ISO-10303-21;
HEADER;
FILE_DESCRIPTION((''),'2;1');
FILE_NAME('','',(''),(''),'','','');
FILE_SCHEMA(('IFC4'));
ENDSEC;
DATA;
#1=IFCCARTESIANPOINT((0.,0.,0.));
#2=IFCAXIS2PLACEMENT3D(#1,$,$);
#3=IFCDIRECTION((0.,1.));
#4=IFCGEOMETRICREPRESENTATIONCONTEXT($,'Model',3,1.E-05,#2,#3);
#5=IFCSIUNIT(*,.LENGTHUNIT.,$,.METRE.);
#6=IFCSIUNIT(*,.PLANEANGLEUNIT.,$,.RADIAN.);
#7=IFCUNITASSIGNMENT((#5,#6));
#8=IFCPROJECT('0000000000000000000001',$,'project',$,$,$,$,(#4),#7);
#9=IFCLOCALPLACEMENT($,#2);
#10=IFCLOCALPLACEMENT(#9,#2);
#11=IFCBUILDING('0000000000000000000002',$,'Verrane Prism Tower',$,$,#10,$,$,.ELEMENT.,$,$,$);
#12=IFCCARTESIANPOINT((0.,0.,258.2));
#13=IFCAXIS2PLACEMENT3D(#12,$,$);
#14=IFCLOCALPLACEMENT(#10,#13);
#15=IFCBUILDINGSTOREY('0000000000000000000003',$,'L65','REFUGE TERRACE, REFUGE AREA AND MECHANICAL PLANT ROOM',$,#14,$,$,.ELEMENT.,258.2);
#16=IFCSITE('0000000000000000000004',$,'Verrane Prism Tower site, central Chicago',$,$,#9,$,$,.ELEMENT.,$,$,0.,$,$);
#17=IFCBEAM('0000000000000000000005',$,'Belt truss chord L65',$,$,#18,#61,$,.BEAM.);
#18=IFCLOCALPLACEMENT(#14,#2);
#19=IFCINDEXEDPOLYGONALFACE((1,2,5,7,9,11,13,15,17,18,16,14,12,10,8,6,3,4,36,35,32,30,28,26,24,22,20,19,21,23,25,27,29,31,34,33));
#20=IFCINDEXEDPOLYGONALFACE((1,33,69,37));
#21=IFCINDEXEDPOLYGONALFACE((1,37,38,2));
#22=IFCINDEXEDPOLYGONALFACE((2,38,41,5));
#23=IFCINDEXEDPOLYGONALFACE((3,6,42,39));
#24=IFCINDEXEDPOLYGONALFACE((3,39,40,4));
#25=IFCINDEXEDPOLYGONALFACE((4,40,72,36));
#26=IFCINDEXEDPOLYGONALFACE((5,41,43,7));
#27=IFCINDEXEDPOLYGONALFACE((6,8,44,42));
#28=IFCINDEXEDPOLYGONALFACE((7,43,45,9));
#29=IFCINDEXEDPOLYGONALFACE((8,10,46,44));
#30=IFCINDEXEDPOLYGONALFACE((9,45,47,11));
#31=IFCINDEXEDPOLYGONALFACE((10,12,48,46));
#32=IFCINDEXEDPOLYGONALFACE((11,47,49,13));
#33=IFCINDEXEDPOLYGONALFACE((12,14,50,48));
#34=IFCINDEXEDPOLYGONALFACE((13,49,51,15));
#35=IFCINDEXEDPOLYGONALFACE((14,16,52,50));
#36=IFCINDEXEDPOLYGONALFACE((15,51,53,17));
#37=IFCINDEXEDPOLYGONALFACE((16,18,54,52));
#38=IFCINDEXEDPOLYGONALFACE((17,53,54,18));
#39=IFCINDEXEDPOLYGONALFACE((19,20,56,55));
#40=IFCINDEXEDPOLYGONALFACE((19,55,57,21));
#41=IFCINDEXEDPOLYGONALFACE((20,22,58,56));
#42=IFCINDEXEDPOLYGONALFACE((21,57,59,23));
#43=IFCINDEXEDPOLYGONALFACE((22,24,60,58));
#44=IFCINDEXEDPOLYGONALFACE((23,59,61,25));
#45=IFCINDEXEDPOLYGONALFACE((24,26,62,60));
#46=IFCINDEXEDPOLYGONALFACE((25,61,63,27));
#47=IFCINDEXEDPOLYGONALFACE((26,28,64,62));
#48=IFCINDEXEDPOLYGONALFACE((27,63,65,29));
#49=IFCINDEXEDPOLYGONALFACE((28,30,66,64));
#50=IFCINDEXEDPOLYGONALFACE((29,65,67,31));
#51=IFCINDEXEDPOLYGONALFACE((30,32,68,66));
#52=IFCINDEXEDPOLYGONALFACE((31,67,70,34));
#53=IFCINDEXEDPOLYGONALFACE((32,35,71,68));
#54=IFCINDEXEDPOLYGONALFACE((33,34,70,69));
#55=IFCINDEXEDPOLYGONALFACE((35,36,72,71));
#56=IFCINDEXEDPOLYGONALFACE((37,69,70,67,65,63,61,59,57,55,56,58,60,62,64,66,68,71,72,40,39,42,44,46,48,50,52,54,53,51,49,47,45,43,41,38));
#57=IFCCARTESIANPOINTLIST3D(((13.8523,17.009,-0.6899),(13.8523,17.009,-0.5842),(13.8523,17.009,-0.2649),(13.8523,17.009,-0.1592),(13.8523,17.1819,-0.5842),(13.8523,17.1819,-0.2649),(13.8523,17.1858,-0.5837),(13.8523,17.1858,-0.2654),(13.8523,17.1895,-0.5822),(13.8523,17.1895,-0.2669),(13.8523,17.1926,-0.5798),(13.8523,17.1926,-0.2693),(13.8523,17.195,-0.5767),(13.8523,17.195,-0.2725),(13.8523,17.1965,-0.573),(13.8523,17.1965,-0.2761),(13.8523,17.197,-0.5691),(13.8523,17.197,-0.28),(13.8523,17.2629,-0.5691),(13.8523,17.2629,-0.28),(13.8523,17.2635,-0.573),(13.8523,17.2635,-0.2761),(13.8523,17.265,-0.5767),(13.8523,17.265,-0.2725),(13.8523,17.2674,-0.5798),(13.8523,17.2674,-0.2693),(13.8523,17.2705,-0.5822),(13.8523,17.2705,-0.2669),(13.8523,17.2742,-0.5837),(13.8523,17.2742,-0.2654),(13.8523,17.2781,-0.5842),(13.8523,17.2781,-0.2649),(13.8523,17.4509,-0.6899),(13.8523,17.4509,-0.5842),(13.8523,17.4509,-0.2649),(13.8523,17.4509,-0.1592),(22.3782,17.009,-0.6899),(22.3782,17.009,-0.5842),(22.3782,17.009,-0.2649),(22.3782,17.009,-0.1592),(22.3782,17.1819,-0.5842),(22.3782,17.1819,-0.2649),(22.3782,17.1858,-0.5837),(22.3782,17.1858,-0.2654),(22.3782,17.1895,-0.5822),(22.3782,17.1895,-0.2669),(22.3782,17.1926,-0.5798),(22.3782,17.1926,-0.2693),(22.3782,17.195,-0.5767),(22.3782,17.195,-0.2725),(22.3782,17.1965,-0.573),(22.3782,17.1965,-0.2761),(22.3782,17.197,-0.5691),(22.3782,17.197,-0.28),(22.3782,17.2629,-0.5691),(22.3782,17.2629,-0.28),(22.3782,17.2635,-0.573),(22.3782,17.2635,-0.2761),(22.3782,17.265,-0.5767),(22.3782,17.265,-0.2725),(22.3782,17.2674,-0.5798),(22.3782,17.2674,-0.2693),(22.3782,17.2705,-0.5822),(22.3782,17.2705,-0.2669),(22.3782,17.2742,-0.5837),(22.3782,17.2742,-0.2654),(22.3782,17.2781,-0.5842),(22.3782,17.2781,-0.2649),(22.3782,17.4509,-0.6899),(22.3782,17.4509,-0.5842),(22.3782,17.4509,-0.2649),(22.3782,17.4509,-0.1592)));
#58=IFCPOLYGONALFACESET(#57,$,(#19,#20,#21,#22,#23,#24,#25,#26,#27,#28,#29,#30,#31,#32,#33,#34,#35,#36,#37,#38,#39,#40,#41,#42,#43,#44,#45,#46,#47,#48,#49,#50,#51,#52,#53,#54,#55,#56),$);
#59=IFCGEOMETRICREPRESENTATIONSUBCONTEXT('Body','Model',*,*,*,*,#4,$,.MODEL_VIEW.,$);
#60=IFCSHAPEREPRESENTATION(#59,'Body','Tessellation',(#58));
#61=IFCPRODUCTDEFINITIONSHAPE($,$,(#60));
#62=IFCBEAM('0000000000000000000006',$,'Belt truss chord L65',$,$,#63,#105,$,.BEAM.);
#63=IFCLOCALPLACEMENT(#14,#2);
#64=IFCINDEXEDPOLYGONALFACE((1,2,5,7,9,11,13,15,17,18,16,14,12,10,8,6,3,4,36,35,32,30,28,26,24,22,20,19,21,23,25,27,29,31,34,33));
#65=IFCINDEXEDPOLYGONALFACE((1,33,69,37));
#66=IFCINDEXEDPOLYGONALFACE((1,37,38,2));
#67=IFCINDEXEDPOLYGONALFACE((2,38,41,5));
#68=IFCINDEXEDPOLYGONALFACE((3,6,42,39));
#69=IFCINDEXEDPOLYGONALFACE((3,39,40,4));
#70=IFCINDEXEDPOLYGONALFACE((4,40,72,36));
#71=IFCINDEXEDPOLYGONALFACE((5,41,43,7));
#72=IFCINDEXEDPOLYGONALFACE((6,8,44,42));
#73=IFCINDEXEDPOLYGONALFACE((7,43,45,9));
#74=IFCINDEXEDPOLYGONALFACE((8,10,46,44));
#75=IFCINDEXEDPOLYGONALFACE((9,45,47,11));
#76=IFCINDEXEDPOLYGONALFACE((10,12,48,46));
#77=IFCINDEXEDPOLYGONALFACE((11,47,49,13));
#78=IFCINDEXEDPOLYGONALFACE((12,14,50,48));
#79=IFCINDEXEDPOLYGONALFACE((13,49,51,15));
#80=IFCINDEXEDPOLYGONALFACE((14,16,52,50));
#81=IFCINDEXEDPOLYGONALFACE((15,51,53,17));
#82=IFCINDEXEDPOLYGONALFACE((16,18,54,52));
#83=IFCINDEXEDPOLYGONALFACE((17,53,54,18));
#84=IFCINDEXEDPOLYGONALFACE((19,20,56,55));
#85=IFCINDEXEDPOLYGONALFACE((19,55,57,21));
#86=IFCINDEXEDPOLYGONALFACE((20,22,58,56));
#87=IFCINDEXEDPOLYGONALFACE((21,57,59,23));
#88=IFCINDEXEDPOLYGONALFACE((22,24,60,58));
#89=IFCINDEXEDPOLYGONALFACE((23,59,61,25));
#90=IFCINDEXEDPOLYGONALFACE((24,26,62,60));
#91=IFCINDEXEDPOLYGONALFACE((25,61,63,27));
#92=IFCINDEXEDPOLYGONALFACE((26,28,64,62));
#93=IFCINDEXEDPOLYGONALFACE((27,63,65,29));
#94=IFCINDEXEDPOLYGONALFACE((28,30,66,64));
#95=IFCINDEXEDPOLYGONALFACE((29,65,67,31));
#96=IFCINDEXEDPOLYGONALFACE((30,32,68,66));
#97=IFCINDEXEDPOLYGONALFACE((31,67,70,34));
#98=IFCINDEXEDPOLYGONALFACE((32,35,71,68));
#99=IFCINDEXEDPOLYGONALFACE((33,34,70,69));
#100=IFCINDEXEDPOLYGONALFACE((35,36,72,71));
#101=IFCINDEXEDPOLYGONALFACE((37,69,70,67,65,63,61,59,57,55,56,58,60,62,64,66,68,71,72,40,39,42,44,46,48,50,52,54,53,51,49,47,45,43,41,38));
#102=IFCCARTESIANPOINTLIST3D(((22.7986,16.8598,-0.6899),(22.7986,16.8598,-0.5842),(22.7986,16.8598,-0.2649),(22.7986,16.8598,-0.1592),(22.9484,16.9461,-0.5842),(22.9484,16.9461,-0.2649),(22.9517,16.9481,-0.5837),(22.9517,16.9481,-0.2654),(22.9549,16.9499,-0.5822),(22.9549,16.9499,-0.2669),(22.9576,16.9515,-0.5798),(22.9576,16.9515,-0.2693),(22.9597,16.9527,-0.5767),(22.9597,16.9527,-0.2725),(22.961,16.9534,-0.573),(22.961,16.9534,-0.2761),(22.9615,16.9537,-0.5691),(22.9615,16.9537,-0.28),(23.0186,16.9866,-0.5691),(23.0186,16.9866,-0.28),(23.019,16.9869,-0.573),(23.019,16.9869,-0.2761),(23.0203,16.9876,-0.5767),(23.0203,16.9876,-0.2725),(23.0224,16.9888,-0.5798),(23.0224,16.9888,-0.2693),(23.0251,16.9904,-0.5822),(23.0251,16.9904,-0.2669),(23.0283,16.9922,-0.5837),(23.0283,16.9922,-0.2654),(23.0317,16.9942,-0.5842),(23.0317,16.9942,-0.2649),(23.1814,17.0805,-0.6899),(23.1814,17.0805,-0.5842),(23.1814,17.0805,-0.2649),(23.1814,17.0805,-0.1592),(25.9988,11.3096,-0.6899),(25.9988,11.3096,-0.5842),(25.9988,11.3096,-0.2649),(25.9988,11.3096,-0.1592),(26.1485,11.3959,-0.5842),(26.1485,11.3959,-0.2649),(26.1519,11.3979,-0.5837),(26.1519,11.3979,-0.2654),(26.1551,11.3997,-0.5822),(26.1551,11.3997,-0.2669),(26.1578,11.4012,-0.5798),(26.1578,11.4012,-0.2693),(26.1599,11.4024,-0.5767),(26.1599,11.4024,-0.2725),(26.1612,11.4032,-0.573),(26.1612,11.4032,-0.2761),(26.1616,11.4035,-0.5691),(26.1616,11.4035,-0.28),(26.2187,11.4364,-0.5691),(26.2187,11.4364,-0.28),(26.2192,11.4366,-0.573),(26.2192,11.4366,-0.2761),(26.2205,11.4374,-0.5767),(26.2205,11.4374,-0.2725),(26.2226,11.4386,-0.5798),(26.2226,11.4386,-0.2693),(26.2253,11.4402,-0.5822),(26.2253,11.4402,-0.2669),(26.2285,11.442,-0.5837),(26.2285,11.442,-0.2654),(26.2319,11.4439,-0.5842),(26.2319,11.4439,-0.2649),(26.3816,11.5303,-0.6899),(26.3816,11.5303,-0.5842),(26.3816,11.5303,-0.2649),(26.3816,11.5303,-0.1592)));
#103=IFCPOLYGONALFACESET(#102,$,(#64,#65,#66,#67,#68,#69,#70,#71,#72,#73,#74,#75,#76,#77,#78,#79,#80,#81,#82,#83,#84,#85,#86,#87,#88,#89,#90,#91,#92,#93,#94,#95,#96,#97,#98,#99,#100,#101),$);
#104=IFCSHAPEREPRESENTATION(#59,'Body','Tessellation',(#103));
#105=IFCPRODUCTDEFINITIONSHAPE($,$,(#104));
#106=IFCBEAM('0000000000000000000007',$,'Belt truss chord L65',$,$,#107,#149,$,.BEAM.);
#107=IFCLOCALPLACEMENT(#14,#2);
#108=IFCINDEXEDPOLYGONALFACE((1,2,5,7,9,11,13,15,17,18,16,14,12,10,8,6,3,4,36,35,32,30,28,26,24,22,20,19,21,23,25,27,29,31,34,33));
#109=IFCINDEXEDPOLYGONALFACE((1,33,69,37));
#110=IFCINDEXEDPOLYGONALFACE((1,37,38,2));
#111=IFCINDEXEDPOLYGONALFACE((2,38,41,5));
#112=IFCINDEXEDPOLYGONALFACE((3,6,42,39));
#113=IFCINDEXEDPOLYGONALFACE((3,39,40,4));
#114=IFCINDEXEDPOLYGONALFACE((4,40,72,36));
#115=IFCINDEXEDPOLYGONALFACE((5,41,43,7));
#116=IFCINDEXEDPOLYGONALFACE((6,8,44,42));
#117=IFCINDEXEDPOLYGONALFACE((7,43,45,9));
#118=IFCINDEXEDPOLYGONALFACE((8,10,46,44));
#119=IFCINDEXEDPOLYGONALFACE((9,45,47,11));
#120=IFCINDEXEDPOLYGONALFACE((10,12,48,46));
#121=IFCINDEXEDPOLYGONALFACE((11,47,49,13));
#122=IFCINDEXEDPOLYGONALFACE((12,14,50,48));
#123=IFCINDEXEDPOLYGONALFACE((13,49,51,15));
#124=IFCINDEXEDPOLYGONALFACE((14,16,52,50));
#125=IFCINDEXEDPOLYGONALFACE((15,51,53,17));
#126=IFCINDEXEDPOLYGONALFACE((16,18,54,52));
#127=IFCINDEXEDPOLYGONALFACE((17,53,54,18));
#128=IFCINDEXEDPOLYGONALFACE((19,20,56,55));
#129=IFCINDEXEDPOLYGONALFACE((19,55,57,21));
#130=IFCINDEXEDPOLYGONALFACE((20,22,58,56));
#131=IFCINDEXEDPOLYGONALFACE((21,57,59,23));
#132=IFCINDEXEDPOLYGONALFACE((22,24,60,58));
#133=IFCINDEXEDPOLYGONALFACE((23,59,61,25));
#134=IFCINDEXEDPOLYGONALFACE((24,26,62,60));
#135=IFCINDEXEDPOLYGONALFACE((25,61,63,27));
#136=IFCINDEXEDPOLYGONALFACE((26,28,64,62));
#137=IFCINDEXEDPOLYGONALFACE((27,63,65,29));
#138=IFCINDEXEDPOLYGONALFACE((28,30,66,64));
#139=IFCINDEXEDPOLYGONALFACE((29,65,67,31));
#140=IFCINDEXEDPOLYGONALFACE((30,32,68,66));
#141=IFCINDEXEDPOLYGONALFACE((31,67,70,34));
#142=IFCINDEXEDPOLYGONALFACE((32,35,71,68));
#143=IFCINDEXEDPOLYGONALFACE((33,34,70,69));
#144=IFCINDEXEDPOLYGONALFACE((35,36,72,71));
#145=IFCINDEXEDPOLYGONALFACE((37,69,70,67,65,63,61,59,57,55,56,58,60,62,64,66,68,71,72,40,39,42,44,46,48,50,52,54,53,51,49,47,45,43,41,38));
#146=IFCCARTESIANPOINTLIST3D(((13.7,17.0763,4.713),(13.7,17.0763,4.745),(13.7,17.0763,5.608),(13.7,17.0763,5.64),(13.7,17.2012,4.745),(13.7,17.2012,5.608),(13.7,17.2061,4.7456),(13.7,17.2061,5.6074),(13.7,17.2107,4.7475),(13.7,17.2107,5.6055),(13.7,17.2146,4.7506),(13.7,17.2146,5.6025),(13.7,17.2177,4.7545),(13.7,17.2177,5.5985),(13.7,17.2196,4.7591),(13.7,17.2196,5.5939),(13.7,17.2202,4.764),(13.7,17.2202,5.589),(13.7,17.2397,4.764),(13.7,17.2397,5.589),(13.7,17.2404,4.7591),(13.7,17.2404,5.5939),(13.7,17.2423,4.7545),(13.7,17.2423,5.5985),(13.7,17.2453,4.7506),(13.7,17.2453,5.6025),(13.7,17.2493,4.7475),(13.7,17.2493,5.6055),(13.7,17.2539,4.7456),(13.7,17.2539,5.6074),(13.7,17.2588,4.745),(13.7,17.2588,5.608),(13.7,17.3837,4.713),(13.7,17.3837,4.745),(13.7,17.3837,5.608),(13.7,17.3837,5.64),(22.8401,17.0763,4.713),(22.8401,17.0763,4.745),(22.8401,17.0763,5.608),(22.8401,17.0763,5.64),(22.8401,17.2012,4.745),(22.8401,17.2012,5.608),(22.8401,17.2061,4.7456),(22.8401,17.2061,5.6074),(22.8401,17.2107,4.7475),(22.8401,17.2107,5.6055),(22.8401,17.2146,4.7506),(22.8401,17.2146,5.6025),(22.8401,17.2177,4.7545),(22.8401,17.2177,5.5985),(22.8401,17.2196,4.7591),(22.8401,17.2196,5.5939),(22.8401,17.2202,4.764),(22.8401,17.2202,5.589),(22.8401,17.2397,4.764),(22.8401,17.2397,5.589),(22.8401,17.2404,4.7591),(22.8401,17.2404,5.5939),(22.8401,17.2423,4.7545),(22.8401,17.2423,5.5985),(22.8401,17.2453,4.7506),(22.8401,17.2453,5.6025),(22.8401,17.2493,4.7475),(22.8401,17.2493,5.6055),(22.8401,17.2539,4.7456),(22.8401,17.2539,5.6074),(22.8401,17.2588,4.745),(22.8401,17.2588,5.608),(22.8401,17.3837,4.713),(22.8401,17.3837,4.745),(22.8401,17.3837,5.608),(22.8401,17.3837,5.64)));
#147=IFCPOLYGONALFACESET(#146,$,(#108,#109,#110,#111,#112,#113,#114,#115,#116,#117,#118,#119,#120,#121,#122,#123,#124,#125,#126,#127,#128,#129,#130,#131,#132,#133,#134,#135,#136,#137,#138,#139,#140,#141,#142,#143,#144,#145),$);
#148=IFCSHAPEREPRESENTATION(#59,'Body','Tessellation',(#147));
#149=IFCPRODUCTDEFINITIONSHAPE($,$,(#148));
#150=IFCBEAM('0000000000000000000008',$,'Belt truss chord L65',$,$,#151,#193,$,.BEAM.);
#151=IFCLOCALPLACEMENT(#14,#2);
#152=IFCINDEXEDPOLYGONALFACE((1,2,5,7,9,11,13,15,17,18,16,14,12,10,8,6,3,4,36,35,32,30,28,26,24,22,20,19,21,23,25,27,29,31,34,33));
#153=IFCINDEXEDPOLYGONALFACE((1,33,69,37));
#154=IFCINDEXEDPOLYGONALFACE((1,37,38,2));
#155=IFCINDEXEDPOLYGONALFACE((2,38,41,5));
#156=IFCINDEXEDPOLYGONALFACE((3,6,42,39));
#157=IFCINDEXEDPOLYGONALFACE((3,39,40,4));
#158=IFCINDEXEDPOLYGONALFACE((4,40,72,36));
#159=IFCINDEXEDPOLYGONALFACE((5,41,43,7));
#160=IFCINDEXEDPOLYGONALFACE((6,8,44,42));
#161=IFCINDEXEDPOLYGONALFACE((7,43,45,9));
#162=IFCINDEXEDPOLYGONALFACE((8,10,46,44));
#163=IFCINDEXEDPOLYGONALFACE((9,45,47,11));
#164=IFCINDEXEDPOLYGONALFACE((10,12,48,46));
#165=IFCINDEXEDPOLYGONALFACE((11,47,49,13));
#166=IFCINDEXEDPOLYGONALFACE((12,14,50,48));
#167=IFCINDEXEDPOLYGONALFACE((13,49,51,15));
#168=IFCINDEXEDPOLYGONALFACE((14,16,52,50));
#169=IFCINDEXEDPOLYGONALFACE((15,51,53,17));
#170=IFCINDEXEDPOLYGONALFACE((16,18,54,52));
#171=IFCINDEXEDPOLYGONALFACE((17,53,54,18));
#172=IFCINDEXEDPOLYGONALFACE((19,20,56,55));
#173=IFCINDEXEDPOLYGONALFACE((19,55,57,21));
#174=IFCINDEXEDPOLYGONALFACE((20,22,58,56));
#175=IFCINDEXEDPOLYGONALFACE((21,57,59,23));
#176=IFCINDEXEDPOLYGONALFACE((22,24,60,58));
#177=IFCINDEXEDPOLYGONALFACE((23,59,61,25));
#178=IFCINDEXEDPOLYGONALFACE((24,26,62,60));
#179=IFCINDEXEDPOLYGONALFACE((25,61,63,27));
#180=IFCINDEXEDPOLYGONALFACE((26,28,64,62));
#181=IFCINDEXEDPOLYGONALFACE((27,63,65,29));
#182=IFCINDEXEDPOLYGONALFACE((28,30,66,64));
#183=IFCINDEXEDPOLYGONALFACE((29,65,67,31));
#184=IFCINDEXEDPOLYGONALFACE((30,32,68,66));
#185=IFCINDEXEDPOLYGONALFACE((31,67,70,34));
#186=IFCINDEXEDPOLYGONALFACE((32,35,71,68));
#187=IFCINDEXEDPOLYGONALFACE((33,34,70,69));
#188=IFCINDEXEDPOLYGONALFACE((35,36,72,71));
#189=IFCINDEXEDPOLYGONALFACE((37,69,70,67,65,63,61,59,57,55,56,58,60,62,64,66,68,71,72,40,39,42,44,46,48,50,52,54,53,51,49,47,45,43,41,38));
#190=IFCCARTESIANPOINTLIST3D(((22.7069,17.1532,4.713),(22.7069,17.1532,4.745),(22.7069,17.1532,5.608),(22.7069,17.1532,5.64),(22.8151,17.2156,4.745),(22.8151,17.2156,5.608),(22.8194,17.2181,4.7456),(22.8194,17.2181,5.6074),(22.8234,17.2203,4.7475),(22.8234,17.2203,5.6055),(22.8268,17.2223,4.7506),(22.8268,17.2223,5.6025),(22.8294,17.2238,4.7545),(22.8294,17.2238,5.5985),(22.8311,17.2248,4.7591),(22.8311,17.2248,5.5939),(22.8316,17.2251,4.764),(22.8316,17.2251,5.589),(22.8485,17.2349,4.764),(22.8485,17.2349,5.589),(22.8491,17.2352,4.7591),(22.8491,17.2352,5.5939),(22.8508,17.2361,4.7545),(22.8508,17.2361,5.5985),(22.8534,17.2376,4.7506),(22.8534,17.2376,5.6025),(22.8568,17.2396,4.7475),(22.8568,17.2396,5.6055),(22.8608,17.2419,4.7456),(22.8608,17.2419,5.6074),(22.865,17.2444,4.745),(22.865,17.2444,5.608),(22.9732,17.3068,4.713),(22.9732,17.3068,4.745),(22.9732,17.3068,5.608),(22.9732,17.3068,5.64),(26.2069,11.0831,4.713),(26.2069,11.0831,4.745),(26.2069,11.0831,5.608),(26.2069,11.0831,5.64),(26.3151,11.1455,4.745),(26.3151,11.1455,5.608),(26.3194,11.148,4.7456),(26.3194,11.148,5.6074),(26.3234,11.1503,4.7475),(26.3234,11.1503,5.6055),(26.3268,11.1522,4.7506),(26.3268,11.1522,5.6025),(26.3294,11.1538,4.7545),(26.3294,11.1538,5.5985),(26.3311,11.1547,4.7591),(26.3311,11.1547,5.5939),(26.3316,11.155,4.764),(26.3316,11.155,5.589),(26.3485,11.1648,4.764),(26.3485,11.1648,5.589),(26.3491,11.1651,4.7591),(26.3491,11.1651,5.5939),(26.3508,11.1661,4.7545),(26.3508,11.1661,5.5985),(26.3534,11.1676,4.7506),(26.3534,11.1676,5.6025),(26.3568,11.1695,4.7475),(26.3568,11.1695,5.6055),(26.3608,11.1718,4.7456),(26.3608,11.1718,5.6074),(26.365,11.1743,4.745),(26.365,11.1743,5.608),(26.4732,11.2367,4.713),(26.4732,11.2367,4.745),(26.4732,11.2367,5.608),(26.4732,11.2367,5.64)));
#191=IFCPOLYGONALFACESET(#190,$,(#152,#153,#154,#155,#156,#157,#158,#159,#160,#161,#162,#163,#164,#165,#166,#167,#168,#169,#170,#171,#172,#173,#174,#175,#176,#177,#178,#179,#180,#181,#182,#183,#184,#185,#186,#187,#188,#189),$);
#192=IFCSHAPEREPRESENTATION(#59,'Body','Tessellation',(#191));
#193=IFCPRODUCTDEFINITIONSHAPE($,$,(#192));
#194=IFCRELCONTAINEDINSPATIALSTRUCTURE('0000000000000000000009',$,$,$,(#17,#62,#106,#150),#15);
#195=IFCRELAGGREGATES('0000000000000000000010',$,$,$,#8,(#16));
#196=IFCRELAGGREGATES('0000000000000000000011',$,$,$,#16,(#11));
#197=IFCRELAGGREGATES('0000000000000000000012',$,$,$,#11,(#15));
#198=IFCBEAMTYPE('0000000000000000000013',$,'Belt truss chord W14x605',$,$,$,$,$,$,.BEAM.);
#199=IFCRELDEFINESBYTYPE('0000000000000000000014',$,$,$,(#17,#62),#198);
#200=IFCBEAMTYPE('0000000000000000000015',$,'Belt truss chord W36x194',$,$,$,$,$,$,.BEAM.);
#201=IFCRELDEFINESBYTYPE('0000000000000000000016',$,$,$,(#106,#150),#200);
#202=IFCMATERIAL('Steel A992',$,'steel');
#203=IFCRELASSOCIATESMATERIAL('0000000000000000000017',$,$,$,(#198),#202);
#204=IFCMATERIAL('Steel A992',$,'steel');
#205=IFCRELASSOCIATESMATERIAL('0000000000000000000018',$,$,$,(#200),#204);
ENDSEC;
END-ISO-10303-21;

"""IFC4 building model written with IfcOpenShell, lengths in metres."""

from ifc_helpers import new_model, si_unit, direction, frame, origin, origin_2d, place, context, subcontext, project, spatial, i_section, extrude, material, material_profile, profile_set, type_object, element, save


model = new_model("IFC4")

# Units and contexts
model_context = context("Model", 3, precision=1e-05, world=origin(), true_north=direction((0.0, 1.0)))
body_context = subcontext(model_context, "Body", "Model", "MODEL_VIEW")
ifc_project = project(units=[si_unit("LENGTHUNIT", "METRE"), si_unit("PLANEANGLEUNIT", "RADIAN")], contexts=[model_context])

# Site, building, storey
site_placement = place(None, origin())
site = spatial("IfcSite", under=ifc_project, at=site_placement, Name="Verrane Prism Tower site, central Chicago", CompositionType="ELEMENT", RefElevation=0.0)
building_placement = place(site_placement, origin())
building = spatial("IfcBuilding", under=site, at=building_placement, Name="Verrane Prism Tower", CompositionType="ELEMENT")
storey_placement = place(building_placement, frame((0.0, 0.0, 258.2)))
storey = spatial("IfcBuildingStorey", under=building, at=storey_placement, Name="L65", Description="REFUGE TERRACE, REFUGE AREA AND MECHANICAL PLANT ROOM", CompositionType="ELEMENT", Elevation=258.2)

# Beams
ifc_material_1 = material(Name="Steel A992", Category="steel")
ifc_material_profile_1 = material_profile(ifc_material_1, i_section(OverallWidth=0.4419, OverallDepth=0.5308, WebThickness=0.0659, FlangeThickness=0.1057, FilletRadius=0.0151, at=origin_2d()), Name="W14x605")
ifc_profile_set_1 = profile_set([ifc_material_profile_1], Name="Steel A992")
beam_type_1 = type_object("IfcBeamType", Name="Belt truss chord W14x605", PredefinedType="BEAM", material=ifc_profile_set_1)
beam_1_placement = place(storey_placement, frame((22.3782, 17.23, -0.4246), z_axis=(-1.0, 0.0, 0.0), x_axis=(0.0, -1.0, 0.0)))
element("IfcBeam", 1, at=beam_1_placement, inside=storey, type_object=beam_type_1, Name="Belt truss chord L65", PredefinedType="BEAM", context=body_context, shape_type="SweptSolid", body=[
    extrude(i_section(OverallWidth=0.4419, OverallDepth=0.5308, WebThickness=0.0659, FlangeThickness=0.1057, FilletRadius=0.0151, at=origin_2d()), origin(), (0.0, 0.0, 1.0), 8.5259),
])
beam_2_placement = place(storey_placement, frame((26.1902, 11.4199, -0.4246), z_axis=(-0.4995, 0.866314, 0.0), x_axis=(-0.866314, -0.4995, 0.0)))
element("IfcBeam", 2, at=beam_2_placement, inside=storey, type_object=beam_type_1, Name="Belt truss chord L65", PredefinedType="BEAM", context=body_context, shape_type="SweptSolid", body=[
    extrude(i_section(OverallWidth=0.4419, OverallDepth=0.5308, WebThickness=0.0659, FlangeThickness=0.1057, FilletRadius=0.0151, at=origin_2d()), origin(), (0.0, 0.0, 1.0), 6.4067),
])
ifc_material_2 = material(Name="Steel A992", Category="steel")
ifc_material_profile_2 = material_profile(ifc_material_2, i_section(OverallWidth=0.3074, OverallDepth=0.927, WebThickness=0.0195, FlangeThickness=0.032, FilletRadius=0.019, at=origin_2d()), Name="W36x194")
ifc_profile_set_2 = profile_set([ifc_material_profile_2], Name="Steel A992")
beam_type_2 = type_object("IfcBeamType", Name="Belt truss chord W36x194", PredefinedType="BEAM", material=ifc_profile_set_2)
beam_3_placement = place(storey_placement, frame((22.8401, 17.23, 5.1765), z_axis=(-1.0, 0.0, 0.0), x_axis=(0.0, -1.0, 0.0)))
element("IfcBeam", 3, at=beam_3_placement, inside=storey, type_object=beam_type_2, Name="Belt truss chord L65", PredefinedType="BEAM", context=body_context, shape_type="SweptSolid", body=[
    extrude(i_section(OverallWidth=0.3074, OverallDepth=0.927, WebThickness=0.0195, FlangeThickness=0.032, FilletRadius=0.019, at=origin_2d()), origin(), (0.0, 0.0, 1.0), 9.1401),
])
beam_4_placement = place(storey_placement, frame((26.3401, 11.1599, 5.1765), z_axis=(-0.499512, 0.866307, 0.0), x_axis=(-0.866307, -0.499512, 0.0)))
element("IfcBeam", 4, at=beam_4_placement, inside=storey, type_object=beam_type_2, Name="Belt truss chord L65", PredefinedType="BEAM", context=body_context, shape_type="SweptSolid", body=[
    extrude(i_section(OverallWidth=0.3074, OverallDepth=0.927, WebThickness=0.0195, FlangeThickness=0.032, FilletRadius=0.019, at=origin_2d()), origin(), (0.0, 0.0, 1.0), 7.0068),
])

save(model, "model.ifc")
